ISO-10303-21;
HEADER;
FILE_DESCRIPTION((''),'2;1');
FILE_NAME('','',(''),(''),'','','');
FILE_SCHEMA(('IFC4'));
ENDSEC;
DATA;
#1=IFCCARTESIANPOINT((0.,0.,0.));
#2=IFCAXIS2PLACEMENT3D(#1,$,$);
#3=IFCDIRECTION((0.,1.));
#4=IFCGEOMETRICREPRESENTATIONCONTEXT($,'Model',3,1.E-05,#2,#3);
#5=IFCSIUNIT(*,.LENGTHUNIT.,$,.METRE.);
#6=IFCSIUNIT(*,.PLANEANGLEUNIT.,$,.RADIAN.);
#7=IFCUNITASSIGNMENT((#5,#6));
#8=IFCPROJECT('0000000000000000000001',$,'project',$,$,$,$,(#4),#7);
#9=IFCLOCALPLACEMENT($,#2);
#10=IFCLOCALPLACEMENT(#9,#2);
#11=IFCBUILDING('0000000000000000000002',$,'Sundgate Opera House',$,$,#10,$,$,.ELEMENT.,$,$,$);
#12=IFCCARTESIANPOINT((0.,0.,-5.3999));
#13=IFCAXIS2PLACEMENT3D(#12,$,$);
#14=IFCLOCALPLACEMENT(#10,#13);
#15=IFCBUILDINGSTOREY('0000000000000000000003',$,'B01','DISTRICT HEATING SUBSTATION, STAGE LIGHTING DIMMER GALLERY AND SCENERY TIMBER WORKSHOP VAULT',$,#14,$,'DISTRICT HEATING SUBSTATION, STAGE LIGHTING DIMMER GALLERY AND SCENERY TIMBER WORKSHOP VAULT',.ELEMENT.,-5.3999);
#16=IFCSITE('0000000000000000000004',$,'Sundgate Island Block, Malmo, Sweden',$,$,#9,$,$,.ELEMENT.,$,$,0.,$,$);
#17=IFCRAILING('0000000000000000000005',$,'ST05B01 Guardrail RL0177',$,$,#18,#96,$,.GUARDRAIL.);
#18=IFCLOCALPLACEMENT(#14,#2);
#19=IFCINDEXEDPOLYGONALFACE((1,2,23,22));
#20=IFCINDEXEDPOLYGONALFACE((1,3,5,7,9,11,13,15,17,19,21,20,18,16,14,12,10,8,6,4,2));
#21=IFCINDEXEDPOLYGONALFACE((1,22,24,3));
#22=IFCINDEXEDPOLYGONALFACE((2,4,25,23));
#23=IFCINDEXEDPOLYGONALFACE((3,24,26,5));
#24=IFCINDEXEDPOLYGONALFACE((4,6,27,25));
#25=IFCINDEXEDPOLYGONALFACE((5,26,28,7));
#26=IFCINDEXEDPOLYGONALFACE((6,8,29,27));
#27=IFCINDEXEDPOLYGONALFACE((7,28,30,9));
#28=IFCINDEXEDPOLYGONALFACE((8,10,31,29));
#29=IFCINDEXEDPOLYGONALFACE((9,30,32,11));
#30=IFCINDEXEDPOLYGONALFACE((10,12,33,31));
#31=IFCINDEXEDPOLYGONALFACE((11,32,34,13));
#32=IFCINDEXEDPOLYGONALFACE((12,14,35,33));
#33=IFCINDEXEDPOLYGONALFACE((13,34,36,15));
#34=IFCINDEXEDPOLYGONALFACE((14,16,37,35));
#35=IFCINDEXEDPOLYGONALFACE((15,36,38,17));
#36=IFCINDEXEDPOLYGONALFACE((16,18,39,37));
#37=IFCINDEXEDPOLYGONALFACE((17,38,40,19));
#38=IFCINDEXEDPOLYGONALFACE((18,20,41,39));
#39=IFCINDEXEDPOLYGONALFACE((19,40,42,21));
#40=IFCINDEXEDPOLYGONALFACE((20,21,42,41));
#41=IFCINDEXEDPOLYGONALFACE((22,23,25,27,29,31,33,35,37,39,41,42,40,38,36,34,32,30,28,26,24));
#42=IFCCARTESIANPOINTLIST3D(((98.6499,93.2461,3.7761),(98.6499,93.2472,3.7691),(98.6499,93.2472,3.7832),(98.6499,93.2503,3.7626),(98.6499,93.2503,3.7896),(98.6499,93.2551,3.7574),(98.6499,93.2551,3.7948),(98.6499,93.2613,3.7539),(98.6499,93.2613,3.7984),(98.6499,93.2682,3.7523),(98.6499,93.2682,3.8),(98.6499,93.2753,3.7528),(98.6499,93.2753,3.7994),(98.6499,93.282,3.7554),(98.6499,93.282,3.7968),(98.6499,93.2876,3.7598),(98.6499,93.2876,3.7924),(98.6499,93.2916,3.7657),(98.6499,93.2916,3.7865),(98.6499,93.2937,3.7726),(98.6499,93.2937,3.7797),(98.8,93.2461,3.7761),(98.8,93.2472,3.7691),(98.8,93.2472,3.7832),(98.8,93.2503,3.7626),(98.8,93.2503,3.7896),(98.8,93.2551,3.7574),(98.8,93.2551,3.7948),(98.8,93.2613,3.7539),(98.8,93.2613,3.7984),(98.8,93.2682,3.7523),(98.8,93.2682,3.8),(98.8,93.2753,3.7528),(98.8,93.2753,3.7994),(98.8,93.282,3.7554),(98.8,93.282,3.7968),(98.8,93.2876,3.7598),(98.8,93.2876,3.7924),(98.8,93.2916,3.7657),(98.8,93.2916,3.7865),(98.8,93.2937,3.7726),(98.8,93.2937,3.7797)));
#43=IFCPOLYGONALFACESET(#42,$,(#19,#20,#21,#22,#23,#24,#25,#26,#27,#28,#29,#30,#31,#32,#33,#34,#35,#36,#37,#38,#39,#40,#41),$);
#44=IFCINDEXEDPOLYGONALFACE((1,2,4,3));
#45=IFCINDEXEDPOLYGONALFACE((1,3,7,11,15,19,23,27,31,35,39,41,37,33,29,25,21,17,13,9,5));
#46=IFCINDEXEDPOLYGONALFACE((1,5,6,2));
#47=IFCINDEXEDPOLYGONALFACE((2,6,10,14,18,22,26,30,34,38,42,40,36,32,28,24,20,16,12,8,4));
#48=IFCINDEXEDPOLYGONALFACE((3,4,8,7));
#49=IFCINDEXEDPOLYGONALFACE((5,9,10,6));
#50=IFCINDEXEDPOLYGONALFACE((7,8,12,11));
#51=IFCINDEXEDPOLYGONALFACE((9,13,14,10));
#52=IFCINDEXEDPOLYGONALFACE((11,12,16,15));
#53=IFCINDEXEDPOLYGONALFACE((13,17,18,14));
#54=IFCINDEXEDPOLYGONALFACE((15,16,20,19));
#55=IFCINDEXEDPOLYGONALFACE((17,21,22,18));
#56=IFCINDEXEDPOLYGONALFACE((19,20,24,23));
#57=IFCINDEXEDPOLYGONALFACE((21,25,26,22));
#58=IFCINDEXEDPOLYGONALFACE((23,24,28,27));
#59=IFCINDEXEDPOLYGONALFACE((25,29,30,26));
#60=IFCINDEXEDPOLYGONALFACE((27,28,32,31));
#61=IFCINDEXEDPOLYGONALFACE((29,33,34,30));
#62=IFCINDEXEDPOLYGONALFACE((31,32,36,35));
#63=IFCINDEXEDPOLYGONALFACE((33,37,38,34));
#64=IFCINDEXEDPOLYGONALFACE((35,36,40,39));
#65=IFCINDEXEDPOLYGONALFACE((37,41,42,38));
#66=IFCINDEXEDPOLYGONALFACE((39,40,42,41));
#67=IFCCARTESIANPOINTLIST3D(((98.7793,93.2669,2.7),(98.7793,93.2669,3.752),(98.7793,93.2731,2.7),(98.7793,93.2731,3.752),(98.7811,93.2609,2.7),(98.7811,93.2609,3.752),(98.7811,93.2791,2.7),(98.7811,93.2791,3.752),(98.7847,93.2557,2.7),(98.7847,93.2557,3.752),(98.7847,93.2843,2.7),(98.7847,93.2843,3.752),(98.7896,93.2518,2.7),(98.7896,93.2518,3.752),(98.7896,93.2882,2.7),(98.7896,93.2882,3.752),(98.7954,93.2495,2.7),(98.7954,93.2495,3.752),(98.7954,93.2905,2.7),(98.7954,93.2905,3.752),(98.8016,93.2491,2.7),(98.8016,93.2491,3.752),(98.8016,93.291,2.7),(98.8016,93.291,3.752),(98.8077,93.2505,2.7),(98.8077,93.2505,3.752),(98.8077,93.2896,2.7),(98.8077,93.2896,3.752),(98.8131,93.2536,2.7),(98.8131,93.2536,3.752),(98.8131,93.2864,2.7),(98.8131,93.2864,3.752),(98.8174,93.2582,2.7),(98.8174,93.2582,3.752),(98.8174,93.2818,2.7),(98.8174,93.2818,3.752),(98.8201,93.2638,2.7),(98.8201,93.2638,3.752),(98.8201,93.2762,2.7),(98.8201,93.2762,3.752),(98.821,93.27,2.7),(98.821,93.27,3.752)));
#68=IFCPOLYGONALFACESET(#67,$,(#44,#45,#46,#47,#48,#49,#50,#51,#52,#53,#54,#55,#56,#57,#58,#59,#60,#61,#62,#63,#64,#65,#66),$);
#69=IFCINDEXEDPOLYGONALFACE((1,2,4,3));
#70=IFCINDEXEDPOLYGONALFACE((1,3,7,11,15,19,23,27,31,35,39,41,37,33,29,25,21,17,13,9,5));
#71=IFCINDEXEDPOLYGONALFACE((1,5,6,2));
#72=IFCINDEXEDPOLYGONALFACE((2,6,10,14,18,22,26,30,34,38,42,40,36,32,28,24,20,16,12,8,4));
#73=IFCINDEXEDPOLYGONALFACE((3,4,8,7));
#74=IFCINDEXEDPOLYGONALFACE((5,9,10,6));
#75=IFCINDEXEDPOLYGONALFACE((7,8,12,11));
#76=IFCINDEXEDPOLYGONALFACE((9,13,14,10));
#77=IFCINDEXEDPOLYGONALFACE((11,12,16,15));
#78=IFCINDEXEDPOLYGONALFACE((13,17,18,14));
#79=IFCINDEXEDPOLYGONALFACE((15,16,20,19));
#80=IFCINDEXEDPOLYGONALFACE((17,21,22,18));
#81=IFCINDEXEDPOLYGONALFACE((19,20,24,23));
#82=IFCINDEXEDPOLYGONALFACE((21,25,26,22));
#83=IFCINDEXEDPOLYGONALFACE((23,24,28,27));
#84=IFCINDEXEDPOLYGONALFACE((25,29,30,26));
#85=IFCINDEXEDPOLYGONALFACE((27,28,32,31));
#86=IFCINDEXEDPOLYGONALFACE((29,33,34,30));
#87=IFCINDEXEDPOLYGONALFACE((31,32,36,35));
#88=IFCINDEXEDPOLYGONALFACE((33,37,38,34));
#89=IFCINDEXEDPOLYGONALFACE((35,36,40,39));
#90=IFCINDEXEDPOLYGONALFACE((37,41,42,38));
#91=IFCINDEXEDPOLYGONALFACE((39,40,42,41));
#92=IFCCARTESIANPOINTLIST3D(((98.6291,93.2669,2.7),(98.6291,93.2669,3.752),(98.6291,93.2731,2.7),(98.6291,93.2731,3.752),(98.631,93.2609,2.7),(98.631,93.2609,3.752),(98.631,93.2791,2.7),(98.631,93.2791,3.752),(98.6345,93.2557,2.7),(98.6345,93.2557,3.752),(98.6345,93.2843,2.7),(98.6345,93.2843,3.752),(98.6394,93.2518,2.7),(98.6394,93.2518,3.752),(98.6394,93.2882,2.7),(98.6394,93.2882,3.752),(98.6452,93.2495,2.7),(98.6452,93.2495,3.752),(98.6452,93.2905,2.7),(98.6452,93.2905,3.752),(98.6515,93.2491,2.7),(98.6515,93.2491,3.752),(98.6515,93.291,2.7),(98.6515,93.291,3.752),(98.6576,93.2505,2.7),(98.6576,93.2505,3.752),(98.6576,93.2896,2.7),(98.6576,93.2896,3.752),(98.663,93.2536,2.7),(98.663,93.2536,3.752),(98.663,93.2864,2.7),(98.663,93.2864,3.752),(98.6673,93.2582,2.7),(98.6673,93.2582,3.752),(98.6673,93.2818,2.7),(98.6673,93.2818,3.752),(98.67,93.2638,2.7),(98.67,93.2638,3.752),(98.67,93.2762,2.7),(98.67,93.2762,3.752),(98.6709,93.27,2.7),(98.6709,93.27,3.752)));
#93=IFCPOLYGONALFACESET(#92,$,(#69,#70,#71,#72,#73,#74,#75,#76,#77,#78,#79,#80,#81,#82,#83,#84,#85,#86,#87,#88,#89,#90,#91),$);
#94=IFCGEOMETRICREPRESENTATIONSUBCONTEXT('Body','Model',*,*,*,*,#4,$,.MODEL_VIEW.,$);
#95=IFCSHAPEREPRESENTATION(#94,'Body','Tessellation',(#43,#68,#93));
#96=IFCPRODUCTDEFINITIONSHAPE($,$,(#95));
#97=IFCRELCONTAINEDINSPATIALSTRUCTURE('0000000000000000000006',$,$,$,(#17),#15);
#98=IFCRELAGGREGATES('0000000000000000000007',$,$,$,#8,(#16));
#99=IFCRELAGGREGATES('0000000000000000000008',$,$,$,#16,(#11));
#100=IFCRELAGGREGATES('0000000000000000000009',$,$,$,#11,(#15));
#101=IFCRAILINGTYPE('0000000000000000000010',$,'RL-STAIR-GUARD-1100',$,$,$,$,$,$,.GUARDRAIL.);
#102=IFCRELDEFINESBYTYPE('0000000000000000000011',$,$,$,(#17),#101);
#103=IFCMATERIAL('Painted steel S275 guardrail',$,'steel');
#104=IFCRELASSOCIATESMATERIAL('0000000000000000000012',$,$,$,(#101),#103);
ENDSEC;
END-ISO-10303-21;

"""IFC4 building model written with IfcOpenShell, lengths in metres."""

from ifc_helpers import new_model, si_unit, direction, frame, origin, origin_2d, place, context, subcontext, project, spatial, circle, extrude, material, type_object, element, save


model = new_model("IFC4")

# Units and contexts
model_context = context("Model", 3, precision=1e-05, world=origin(), true_north=direction((0.0, 1.0)))
body_context = subcontext(model_context, "Body", "Model", "MODEL_VIEW")
ifc_project = project(units=[si_unit("LENGTHUNIT", "METRE"), si_unit("PLANEANGLEUNIT", "RADIAN")], contexts=[model_context])

# Site, building, storey
site_placement = place(None, origin())
site = spatial("IfcSite", under=ifc_project, at=site_placement, Name="Sundgate Island Block, Malmo, Sweden", CompositionType="ELEMENT", RefElevation=0.0)
building_placement = place(site_placement, origin())
building = spatial("IfcBuilding", under=site, at=building_placement, Name="Sundgate Opera House", CompositionType="ELEMENT")
storey_placement = place(building_placement, frame((0.0, 0.0, -5.3999)))
storey = spatial("IfcBuildingStorey", under=building, at=storey_placement, Name="B01", Description="DISTRICT HEATING SUBSTATION, STAGE LIGHTING DIMMER GALLERY AND SCENERY TIMBER WORKSHOP VAULT", LongName="DISTRICT HEATING SUBSTATION, STAGE LIGHTING DIMMER GALLERY AND SCENERY TIMBER WORKSHOP VAULT", CompositionType="ELEMENT", Elevation=-5.3999)

# Railing
ifc_material_1 = material(Name="Painted steel S275 guardrail", Category="steel")
railing_type_1 = type_object("IfcRailingType", Name="RL-STAIR-GUARD-1100", PredefinedType="GUARDRAIL", material=ifc_material_1)
railing_1_placement = place(storey_placement, frame((98.8, 93.27, 2.7)))
element("IfcRailing", 1, at=railing_1_placement, inside=storey, type_object=railing_type_1, Name="ST05B01 Guardrail RL0177", PredefinedType="GUARDRAIL", context=body_context, shape_type="SweptSolid", body=[
    extrude(circle(Radius=0.0239, at=origin_2d()), frame((0.0, 0.0, 1.0762), z_axis=(-1.0, 0.0, 0.0), x_axis=(0.0, -1.0, 0.0)), (0.0, 0.0, 1.0), 0.1501),
    extrude(circle(Radius=0.021, at=origin_2d()), origin(), (0.0, 0.0, 1.0), 1.052),
    extrude(circle(Radius=0.021, at=origin_2d()), frame((-0.1501, 0.0, 0.0)), (0.0, 0.0, 1.0), 1.052),
])

save(model, "model.ifc")
